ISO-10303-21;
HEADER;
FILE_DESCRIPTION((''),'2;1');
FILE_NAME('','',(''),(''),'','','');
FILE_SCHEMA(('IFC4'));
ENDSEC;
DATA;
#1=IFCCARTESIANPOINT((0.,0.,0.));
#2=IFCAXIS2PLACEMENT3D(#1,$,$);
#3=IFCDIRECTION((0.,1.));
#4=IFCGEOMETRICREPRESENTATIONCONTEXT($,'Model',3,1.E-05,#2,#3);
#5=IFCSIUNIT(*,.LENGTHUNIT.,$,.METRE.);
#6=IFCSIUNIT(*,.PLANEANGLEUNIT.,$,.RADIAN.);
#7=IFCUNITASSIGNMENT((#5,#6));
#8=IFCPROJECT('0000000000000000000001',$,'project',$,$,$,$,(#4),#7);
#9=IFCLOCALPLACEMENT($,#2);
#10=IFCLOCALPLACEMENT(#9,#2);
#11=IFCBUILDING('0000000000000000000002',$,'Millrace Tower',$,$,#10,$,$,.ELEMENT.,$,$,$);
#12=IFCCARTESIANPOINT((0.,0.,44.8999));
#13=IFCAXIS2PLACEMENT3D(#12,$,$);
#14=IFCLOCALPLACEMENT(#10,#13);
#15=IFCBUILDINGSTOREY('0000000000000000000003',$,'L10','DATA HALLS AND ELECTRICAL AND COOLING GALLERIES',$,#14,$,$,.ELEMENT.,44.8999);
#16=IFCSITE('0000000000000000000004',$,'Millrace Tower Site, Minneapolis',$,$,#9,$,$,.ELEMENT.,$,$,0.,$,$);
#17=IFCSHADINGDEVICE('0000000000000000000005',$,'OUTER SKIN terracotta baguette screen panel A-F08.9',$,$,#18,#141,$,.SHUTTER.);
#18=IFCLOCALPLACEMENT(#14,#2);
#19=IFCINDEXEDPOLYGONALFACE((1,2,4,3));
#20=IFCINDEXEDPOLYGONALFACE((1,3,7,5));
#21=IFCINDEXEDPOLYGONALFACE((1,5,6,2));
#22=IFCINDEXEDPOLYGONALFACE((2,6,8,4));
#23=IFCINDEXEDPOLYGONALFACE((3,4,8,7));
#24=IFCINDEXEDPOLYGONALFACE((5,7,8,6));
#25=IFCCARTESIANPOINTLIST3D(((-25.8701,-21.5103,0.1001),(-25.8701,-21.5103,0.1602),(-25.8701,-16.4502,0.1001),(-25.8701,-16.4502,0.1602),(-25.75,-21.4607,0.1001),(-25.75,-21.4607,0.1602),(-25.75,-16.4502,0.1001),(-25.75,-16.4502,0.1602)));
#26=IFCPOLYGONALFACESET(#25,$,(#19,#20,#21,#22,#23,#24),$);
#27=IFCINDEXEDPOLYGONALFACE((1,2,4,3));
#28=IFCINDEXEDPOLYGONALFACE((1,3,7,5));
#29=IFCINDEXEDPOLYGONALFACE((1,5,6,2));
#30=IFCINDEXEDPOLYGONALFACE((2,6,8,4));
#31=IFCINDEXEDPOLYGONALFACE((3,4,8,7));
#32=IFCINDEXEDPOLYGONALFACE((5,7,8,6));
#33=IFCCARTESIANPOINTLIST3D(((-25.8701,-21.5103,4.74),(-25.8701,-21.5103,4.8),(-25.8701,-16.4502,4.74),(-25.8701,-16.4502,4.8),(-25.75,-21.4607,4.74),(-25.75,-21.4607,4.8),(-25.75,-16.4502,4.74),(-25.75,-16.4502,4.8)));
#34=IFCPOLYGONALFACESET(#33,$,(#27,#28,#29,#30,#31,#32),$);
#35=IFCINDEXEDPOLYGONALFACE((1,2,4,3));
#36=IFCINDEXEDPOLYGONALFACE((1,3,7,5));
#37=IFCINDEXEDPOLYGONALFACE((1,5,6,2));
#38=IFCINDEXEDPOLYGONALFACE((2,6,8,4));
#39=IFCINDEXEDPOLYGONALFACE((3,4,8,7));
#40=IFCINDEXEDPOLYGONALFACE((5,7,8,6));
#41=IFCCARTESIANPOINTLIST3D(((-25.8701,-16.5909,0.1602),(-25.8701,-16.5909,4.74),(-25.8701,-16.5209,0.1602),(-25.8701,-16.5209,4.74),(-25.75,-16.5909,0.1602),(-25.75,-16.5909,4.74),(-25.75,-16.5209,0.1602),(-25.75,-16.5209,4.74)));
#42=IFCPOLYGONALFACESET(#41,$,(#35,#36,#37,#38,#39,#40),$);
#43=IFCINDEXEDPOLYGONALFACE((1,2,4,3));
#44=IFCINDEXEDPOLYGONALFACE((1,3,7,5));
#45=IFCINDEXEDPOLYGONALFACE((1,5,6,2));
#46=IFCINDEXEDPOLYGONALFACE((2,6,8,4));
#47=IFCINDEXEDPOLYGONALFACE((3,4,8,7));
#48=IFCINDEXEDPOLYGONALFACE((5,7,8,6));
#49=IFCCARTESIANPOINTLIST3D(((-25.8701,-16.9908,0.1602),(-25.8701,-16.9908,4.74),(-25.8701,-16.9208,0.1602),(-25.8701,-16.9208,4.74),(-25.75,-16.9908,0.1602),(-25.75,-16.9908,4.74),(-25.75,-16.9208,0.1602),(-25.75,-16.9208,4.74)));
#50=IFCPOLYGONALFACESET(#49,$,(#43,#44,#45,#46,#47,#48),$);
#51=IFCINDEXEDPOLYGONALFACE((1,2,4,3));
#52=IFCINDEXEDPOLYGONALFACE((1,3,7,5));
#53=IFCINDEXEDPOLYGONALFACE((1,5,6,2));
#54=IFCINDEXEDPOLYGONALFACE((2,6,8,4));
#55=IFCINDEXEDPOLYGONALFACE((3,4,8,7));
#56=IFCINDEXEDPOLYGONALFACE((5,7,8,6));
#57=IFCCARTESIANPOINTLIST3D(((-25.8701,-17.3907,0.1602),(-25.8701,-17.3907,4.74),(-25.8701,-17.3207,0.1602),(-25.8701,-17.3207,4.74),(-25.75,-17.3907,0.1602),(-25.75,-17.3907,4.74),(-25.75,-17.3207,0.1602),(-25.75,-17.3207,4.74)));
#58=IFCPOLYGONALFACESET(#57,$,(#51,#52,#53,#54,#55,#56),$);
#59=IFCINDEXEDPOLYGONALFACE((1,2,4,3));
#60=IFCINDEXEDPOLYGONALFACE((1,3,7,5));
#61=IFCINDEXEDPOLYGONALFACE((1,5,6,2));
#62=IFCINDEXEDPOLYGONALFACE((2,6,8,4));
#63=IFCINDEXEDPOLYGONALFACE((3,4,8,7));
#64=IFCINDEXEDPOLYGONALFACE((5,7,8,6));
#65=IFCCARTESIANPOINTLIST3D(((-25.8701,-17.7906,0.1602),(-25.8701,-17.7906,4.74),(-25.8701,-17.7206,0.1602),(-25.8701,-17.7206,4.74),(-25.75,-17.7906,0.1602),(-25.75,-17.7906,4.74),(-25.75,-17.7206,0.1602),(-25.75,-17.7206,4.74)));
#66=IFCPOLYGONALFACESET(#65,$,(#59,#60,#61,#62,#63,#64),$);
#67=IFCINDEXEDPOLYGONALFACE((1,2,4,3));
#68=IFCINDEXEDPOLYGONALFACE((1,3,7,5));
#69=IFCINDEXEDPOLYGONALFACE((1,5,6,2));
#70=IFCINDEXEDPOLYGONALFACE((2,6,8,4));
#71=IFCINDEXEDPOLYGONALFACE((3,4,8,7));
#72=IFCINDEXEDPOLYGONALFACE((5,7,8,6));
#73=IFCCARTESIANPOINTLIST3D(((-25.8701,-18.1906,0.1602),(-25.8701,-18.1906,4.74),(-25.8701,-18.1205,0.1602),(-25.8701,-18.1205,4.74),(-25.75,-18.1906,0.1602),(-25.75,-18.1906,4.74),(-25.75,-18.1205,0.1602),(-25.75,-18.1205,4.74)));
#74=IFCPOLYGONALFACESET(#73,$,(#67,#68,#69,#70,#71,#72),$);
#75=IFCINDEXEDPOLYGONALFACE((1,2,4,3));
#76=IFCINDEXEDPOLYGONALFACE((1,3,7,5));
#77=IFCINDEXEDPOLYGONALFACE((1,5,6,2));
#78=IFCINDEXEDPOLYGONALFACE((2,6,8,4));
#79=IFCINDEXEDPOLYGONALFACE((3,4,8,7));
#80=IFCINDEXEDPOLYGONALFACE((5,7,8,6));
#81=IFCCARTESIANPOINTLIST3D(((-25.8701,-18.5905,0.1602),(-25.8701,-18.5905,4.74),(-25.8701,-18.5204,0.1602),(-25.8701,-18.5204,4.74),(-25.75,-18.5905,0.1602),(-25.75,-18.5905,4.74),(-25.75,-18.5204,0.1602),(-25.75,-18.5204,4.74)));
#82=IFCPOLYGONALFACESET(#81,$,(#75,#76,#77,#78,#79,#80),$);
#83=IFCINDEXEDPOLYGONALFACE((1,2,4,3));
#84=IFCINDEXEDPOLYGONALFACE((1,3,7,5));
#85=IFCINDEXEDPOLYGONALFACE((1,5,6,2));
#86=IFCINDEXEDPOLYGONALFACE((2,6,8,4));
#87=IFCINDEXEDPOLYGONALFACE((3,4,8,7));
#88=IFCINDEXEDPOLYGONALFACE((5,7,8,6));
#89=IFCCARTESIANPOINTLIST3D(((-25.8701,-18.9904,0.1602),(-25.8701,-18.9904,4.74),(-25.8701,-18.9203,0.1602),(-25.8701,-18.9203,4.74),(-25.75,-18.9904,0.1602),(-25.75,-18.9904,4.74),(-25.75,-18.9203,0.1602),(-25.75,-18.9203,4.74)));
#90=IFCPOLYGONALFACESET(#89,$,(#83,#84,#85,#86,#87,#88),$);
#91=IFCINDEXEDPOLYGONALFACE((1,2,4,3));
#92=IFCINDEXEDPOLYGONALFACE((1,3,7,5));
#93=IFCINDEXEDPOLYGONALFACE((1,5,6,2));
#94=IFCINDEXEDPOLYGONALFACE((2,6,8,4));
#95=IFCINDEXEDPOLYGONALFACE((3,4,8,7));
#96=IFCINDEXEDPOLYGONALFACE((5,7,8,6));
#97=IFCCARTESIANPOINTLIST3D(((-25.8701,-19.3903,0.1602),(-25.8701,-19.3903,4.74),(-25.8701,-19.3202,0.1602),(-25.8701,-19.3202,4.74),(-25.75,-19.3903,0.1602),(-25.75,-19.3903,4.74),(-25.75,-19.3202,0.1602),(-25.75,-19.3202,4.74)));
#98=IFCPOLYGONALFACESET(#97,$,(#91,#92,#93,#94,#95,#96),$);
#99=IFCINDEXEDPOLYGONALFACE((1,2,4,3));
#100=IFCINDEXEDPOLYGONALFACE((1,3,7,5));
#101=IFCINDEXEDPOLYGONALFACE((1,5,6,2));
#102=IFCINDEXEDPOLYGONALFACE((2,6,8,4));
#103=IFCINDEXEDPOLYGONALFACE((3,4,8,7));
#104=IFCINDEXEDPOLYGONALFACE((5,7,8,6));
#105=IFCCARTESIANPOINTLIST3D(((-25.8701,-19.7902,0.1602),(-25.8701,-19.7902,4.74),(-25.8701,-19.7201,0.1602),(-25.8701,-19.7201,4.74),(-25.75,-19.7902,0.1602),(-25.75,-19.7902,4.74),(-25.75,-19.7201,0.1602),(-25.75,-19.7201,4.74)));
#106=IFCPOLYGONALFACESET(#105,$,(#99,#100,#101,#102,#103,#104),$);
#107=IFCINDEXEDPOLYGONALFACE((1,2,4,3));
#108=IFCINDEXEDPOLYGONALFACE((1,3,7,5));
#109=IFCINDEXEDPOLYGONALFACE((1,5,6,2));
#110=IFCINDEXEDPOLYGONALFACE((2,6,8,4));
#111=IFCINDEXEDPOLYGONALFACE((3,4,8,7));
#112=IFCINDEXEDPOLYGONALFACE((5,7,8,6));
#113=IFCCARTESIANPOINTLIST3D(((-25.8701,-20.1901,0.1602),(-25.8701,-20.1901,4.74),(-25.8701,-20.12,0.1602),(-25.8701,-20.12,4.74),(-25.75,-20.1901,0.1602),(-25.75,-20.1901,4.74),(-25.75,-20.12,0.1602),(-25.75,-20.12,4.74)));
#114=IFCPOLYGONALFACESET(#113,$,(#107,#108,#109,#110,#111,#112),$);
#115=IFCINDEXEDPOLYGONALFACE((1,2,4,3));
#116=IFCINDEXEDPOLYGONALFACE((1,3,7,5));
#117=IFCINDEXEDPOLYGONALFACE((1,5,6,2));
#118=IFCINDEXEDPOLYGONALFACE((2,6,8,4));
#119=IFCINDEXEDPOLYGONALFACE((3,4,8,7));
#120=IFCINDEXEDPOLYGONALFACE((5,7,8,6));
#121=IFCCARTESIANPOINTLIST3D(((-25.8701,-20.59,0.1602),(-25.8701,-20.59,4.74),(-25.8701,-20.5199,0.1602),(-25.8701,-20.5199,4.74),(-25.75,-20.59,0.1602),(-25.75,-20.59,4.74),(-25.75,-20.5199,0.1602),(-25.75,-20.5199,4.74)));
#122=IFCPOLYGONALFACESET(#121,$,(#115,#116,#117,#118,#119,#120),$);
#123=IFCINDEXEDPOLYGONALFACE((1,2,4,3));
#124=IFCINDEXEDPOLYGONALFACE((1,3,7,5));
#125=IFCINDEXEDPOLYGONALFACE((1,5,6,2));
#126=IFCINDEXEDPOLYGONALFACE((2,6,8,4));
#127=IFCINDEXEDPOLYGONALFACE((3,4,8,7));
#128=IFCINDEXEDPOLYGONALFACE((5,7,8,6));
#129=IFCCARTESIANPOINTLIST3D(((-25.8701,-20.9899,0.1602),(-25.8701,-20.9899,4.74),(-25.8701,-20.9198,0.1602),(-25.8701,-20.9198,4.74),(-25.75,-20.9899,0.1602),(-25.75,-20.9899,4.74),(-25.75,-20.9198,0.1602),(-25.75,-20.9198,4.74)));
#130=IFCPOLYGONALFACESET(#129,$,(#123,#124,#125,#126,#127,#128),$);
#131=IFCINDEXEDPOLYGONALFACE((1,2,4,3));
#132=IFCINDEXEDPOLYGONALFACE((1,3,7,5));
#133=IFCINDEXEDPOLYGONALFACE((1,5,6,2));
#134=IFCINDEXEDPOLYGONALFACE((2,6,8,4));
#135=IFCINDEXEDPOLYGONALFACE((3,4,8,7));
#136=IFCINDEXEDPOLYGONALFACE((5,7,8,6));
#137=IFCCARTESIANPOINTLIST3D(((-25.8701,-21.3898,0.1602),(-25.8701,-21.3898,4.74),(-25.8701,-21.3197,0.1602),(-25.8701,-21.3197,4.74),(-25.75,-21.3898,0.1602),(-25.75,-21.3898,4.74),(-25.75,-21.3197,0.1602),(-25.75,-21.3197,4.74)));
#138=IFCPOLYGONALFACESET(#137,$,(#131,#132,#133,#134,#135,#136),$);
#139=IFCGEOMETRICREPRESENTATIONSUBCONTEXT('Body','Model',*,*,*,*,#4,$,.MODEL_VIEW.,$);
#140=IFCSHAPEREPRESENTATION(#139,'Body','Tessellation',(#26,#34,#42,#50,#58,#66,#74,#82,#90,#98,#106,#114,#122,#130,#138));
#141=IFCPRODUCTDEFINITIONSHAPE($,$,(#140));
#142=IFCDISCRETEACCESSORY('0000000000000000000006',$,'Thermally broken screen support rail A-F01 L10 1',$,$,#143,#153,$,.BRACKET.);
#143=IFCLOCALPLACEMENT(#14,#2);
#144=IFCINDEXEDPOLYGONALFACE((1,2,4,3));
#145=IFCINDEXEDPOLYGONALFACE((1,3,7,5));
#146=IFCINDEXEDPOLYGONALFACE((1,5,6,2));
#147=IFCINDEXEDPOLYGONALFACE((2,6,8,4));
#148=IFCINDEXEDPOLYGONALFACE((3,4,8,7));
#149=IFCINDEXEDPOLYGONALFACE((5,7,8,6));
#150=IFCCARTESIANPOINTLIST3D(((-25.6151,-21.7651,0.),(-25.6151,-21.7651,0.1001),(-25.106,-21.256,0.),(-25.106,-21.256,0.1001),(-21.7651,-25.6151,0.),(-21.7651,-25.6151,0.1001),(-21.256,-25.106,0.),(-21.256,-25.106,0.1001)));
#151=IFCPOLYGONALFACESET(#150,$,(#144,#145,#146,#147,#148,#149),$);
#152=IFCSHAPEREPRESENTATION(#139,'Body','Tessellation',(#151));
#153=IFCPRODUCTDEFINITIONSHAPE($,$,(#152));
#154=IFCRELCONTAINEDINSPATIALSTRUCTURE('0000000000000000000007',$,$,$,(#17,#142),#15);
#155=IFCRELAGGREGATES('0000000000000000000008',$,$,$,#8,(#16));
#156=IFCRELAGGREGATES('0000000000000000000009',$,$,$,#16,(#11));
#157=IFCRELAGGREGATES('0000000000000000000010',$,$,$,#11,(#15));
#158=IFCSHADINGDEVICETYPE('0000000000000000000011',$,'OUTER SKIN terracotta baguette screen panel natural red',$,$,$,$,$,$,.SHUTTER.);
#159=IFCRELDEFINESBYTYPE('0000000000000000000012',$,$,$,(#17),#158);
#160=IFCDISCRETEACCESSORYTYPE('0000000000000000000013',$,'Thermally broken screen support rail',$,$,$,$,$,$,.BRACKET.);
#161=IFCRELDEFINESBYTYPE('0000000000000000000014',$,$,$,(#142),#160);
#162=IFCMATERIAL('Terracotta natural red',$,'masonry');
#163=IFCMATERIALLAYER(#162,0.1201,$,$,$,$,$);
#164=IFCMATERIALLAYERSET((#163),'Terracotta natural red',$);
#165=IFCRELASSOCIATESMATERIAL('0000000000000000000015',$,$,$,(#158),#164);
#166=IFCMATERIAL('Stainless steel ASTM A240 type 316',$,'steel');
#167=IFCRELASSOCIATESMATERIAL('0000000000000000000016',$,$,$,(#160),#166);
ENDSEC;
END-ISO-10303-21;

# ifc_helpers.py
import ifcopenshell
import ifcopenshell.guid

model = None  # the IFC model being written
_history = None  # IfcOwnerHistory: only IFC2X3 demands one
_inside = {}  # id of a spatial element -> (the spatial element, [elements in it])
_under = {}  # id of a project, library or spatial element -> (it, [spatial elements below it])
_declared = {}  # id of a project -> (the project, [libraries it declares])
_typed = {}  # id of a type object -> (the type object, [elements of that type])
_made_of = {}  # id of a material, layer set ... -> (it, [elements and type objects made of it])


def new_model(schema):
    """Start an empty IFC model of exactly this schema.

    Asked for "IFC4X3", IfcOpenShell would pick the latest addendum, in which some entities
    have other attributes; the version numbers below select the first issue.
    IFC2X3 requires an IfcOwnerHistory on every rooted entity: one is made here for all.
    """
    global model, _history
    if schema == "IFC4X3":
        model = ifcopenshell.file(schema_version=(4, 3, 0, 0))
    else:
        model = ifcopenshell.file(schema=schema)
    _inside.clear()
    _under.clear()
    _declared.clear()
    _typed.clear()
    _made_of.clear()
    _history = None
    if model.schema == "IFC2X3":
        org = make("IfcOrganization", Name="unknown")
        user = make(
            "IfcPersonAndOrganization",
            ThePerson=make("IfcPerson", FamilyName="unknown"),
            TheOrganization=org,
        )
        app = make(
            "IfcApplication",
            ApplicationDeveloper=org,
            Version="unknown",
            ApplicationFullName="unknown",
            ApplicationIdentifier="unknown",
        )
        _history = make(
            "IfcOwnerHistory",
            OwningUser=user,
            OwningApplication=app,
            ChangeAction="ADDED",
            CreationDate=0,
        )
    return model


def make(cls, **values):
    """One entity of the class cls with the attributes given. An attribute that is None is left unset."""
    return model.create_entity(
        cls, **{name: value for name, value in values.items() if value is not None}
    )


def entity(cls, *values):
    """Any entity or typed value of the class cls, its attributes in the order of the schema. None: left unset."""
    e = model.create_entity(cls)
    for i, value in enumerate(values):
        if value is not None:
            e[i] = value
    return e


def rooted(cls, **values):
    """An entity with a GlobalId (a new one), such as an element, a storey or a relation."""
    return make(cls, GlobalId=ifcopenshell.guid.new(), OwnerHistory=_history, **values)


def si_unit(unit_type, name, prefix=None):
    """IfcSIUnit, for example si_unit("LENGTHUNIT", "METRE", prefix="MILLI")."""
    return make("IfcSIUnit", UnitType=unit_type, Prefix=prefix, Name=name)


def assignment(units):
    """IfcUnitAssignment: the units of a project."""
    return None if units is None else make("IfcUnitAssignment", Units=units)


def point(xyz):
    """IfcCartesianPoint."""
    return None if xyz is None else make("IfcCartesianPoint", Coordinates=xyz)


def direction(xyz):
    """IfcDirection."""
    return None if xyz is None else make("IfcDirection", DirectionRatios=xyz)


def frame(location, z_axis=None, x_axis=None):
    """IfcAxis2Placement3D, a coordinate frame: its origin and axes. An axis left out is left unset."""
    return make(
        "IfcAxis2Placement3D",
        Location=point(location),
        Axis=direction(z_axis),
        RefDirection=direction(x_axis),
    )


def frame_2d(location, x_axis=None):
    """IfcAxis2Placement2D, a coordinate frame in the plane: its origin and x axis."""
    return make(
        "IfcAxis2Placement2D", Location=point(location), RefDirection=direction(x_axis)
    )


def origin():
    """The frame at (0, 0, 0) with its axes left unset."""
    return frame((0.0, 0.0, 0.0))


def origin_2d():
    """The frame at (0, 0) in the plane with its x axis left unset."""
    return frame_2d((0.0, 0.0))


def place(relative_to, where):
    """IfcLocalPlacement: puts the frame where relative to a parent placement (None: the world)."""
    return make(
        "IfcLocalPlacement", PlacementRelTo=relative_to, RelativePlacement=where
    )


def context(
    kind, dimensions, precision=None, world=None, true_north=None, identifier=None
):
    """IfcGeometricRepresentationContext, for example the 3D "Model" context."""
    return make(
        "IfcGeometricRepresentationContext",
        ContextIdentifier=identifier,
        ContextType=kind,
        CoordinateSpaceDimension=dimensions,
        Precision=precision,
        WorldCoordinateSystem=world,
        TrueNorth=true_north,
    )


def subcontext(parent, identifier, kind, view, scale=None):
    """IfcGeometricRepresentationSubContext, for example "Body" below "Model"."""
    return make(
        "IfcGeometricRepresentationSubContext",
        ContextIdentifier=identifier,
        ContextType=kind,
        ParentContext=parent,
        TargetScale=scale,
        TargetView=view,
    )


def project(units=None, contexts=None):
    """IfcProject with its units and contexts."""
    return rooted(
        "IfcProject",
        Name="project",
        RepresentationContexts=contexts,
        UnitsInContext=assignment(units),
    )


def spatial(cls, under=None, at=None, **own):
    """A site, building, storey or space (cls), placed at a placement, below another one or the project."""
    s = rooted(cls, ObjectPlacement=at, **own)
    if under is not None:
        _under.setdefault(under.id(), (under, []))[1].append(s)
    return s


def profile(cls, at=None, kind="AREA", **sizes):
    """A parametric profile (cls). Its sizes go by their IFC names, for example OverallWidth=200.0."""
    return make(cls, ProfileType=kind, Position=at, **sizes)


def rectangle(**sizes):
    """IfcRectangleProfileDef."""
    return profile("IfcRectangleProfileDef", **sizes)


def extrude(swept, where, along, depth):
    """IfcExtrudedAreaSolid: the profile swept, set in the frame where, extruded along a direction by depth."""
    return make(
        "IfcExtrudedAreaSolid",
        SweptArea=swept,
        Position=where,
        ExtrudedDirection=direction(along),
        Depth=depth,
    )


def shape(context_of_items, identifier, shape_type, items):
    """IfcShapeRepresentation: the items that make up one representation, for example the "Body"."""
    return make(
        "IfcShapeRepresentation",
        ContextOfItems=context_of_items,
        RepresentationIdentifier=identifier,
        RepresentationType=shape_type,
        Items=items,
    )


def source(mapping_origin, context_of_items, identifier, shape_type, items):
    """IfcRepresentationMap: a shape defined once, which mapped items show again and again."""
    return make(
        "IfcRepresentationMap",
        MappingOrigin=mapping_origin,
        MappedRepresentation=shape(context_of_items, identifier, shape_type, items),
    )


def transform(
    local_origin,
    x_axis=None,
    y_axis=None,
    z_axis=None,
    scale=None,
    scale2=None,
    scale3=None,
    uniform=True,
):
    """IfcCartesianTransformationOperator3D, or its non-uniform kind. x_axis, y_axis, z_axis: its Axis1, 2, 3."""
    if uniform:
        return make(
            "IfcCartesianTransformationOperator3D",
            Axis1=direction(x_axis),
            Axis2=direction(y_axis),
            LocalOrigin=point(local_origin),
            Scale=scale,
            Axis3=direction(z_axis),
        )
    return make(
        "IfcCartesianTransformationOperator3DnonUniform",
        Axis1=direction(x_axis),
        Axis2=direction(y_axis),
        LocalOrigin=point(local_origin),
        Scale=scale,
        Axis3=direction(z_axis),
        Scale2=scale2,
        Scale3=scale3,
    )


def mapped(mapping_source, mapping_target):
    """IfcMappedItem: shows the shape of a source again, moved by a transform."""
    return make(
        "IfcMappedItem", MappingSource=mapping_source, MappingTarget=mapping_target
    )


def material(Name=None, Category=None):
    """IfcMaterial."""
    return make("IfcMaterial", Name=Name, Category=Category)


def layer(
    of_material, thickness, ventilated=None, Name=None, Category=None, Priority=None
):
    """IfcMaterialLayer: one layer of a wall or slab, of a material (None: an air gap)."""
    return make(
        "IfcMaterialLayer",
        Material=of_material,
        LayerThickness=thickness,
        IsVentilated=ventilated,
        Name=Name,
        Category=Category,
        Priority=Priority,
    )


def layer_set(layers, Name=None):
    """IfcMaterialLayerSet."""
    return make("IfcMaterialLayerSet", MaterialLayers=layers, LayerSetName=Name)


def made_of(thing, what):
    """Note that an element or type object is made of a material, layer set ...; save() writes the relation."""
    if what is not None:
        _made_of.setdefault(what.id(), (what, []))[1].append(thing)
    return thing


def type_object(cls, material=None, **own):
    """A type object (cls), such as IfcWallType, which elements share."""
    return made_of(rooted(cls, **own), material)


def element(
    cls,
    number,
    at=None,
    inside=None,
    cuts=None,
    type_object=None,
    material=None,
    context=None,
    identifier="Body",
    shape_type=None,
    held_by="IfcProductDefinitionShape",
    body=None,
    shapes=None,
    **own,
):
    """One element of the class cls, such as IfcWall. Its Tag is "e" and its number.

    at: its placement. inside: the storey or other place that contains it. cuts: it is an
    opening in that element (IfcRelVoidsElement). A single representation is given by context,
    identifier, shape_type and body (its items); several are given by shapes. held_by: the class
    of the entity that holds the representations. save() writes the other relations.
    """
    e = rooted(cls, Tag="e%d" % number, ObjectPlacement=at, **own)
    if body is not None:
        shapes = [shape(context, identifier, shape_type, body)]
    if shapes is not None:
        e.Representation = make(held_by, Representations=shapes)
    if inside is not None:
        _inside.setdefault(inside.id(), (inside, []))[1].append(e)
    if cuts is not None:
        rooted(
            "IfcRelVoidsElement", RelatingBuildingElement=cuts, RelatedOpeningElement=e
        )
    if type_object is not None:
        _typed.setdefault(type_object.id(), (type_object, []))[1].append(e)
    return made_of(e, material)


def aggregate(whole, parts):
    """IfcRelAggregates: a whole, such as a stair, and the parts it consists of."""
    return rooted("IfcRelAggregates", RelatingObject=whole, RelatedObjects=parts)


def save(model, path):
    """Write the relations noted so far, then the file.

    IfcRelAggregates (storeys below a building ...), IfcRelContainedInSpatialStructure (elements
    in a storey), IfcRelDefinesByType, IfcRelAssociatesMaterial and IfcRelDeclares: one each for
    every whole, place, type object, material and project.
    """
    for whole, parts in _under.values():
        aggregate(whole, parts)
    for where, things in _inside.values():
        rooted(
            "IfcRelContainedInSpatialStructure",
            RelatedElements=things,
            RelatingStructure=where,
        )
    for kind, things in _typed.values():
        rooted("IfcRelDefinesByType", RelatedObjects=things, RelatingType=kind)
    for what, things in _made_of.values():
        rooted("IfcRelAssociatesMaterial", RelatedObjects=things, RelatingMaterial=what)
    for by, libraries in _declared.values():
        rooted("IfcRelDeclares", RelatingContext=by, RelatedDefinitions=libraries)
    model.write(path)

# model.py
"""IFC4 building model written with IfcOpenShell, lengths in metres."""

from ifc_helpers import new_model, entity, si_unit, direction, frame, frame_2d, origin, origin_2d, place, context, subcontext, project, spatial, rectangle, extrude, source, transform, mapped, material, layer, layer_set, type_object, element, save


model = new_model("IFC4")

# Units and contexts
model_context = context("Model", 3, precision=1e-05, world=origin(), true_north=direction((0.0, 1.0)))
body_context = subcontext(model_context, "Body", "Model", "MODEL_VIEW")
ifc_project = project(units=[si_unit("LENGTHUNIT", "METRE"), si_unit("PLANEANGLEUNIT", "RADIAN")], contexts=[model_context])

# Site, building, storey
site_placement = place(None, origin())
site = spatial("IfcSite", under=ifc_project, at=site_placement, Name="Millrace Tower Site, Minneapolis", CompositionType="ELEMENT", RefElevation=0.0)
building_placement = place(site_placement, origin())
building = spatial("IfcBuilding", under=site, at=building_placement, Name="Millrace Tower", CompositionType="ELEMENT")
storey_placement = place(building_placement, frame((0.0, 0.0, 44.8999)))
storey = spatial("IfcBuildingStorey", under=building, at=storey_placement, Name="L10", Description="DATA HALLS AND ELECTRICAL AND COOLING GALLERIES", CompositionType="ELEMENT", Elevation=44.8999)

# Shading device
ifc_material_1 = material(Name="Terracotta natural red", Category="masonry")
ifc_layer_1 = layer(ifc_material_1, 0.1201)
ifc_layer_set_1 = layer_set([ifc_layer_1], Name="Terracotta natural red")
shading_device_type_1 = type_object("IfcShadingDeviceType", Name="OUTER SKIN terracotta baguette screen panel natural red", PredefinedType="SHUTTER", material=ifc_layer_set_1)
cartesian_point_1 = entity("IfcCartesianPoint", [-2.5176, 0.0601])
shared_polyline_1 = entity("IfcPolyline", [cartesian_point_1, entity("IfcCartesianPoint", [2.4929, 0.0601]), entity("IfcCartesianPoint", [2.5425, -0.0601]), entity("IfcCartesianPoint", [-2.5176, -0.0601]), cartesian_point_1])
shared_shape_1 = source(origin(), body_context, "Body", "SweptSolid", [
    entity("IfcExtrudedAreaSolid", entity("IfcArbitraryClosedProfileDef", "AREA", None, shared_polyline_1), entity("IfcAxis2Placement3D", entity("IfcCartesianPoint", [0.0, 0.0, 0.0])), entity("IfcDirection", [0.0, 0.0, 1.0]), 0.0601),
    entity("IfcExtrudedAreaSolid", entity("IfcArbitraryClosedProfileDef", "AREA", None, shared_polyline_1), entity("IfcAxis2Placement3D", entity("IfcCartesianPoint", [0.0, 0.0, 4.6399])), entity("IfcDirection", [0.0, 0.0, 1.0]), 0.0601),
    extrude(rectangle(XDim=0.0701, YDim=0.1201, at=frame_2d((-2.4119, 0.0))), frame((0.0, 0.0, 0.0601)), (0.0, 0.0, 1.0), 4.5798),
    extrude(rectangle(XDim=0.0701, YDim=0.1201, at=frame_2d((-2.012, 0.0))), frame((0.0, 0.0, 0.0601)), (0.0, 0.0, 1.0), 4.5798),
    extrude(rectangle(XDim=0.0701, YDim=0.1201, at=frame_2d((-1.6121, 0.0))), frame((0.0, 0.0, 0.0601)), (0.0, 0.0, 1.0), 4.5798),
    extrude(rectangle(XDim=0.0701, YDim=0.1201, at=frame_2d((-1.2122, 0.0))), frame((0.0, 0.0, 0.0601)), (0.0, 0.0, 1.0), 4.5798),
    extrude(rectangle(XDim=0.0701, YDim=0.1201, at=frame_2d((-0.8123, 0.0))), frame((0.0, 0.0, 0.0601)), (0.0, 0.0, 1.0), 4.5798),
    extrude(rectangle(XDim=0.0701, YDim=0.1201, at=frame_2d((-0.4124, 0.0))), frame((0.0, 0.0, 0.0601)), (0.0, 0.0, 1.0), 4.5798),
    extrude(rectangle(XDim=0.0701, YDim=0.1201, at=frame_2d((-0.0125, 0.0))), frame((0.0, 0.0, 0.0601)), (0.0, 0.0, 1.0), 4.5798),
    extrude(rectangle(XDim=0.0701, YDim=0.1201, at=frame_2d((0.3875, 0.0))), frame((0.0, 0.0, 0.0601)), (0.0, 0.0, 1.0), 4.5798),
    extrude(rectangle(XDim=0.0701, YDim=0.1201, at=frame_2d((0.7874, 0.0))), frame((0.0, 0.0, 0.0601)), (0.0, 0.0, 1.0), 4.5798),
    extrude(rectangle(XDim=0.0701, YDim=0.1201, at=frame_2d((1.1873, 0.0))), frame((0.0, 0.0, 0.0601)), (0.0, 0.0, 1.0), 4.5798),
    extrude(rectangle(XDim=0.0701, YDim=0.1201, at=frame_2d((1.5872, 0.0))), frame((0.0, 0.0, 0.0601)), (0.0, 0.0, 1.0), 4.5798),
    extrude(rectangle(XDim=0.0701, YDim=0.1201, at=frame_2d((1.9871, 0.0))), frame((0.0, 0.0, 0.0601)), (0.0, 0.0, 1.0), 4.5798),
    extrude(rectangle(XDim=0.0701, YDim=0.1201, at=frame_2d((2.387, 0.0))), frame((0.0, 0.0, 0.0601)), (0.0, 0.0, 1.0), 4.5798),
])
shading_device_1_placement = place(storey_placement, frame((-25.8101, -18.9678, 0.1001), z_axis=(0.0, 0.0, 1.0), x_axis=(0.0, -1.0, 0.0)))
element("IfcShadingDevice", 1, at=shading_device_1_placement, inside=storey, type_object=shading_device_type_1, Name="OUTER SKIN terracotta baguette screen panel A-F08.9", PredefinedType="SHUTTER", context=body_context, shape_type="MappedRepresentation", body=[
    mapped(shared_shape_1, transform((0.0, 0.0, 0.0), scale=1.0)),
])

# Discrete accessory
ifc_material_2 = material(Name="Stainless steel ASTM A240 type 316", Category="steel")
discrete_accessory_type = type_object("IfcDiscreteAccessoryType", Name="Thermally broken screen support rail", PredefinedType="BRACKET", material=ifc_material_2)
discrete_accessory_placement = place(storey_placement, frame((-23.4355, -23.4355, 0.0), z_axis=(0.0, 0.0, 1.0), x_axis=(0.707107, -0.707107, 0.0)))
element("IfcDiscreteAccessory", 2, at=discrete_accessory_placement, inside=storey, type_object=discrete_accessory_type, Name="Thermally broken screen support rail A-F01 L10 1", PredefinedType="BRACKET", context=body_context, shape_type="SweptSolid", body=[
    extrude(rectangle(XDim=5.4448, YDim=0.72, at=origin_2d()), origin(), (0.0, 0.0, 1.0), 0.1001),
])

save(model, "model.ifc")
